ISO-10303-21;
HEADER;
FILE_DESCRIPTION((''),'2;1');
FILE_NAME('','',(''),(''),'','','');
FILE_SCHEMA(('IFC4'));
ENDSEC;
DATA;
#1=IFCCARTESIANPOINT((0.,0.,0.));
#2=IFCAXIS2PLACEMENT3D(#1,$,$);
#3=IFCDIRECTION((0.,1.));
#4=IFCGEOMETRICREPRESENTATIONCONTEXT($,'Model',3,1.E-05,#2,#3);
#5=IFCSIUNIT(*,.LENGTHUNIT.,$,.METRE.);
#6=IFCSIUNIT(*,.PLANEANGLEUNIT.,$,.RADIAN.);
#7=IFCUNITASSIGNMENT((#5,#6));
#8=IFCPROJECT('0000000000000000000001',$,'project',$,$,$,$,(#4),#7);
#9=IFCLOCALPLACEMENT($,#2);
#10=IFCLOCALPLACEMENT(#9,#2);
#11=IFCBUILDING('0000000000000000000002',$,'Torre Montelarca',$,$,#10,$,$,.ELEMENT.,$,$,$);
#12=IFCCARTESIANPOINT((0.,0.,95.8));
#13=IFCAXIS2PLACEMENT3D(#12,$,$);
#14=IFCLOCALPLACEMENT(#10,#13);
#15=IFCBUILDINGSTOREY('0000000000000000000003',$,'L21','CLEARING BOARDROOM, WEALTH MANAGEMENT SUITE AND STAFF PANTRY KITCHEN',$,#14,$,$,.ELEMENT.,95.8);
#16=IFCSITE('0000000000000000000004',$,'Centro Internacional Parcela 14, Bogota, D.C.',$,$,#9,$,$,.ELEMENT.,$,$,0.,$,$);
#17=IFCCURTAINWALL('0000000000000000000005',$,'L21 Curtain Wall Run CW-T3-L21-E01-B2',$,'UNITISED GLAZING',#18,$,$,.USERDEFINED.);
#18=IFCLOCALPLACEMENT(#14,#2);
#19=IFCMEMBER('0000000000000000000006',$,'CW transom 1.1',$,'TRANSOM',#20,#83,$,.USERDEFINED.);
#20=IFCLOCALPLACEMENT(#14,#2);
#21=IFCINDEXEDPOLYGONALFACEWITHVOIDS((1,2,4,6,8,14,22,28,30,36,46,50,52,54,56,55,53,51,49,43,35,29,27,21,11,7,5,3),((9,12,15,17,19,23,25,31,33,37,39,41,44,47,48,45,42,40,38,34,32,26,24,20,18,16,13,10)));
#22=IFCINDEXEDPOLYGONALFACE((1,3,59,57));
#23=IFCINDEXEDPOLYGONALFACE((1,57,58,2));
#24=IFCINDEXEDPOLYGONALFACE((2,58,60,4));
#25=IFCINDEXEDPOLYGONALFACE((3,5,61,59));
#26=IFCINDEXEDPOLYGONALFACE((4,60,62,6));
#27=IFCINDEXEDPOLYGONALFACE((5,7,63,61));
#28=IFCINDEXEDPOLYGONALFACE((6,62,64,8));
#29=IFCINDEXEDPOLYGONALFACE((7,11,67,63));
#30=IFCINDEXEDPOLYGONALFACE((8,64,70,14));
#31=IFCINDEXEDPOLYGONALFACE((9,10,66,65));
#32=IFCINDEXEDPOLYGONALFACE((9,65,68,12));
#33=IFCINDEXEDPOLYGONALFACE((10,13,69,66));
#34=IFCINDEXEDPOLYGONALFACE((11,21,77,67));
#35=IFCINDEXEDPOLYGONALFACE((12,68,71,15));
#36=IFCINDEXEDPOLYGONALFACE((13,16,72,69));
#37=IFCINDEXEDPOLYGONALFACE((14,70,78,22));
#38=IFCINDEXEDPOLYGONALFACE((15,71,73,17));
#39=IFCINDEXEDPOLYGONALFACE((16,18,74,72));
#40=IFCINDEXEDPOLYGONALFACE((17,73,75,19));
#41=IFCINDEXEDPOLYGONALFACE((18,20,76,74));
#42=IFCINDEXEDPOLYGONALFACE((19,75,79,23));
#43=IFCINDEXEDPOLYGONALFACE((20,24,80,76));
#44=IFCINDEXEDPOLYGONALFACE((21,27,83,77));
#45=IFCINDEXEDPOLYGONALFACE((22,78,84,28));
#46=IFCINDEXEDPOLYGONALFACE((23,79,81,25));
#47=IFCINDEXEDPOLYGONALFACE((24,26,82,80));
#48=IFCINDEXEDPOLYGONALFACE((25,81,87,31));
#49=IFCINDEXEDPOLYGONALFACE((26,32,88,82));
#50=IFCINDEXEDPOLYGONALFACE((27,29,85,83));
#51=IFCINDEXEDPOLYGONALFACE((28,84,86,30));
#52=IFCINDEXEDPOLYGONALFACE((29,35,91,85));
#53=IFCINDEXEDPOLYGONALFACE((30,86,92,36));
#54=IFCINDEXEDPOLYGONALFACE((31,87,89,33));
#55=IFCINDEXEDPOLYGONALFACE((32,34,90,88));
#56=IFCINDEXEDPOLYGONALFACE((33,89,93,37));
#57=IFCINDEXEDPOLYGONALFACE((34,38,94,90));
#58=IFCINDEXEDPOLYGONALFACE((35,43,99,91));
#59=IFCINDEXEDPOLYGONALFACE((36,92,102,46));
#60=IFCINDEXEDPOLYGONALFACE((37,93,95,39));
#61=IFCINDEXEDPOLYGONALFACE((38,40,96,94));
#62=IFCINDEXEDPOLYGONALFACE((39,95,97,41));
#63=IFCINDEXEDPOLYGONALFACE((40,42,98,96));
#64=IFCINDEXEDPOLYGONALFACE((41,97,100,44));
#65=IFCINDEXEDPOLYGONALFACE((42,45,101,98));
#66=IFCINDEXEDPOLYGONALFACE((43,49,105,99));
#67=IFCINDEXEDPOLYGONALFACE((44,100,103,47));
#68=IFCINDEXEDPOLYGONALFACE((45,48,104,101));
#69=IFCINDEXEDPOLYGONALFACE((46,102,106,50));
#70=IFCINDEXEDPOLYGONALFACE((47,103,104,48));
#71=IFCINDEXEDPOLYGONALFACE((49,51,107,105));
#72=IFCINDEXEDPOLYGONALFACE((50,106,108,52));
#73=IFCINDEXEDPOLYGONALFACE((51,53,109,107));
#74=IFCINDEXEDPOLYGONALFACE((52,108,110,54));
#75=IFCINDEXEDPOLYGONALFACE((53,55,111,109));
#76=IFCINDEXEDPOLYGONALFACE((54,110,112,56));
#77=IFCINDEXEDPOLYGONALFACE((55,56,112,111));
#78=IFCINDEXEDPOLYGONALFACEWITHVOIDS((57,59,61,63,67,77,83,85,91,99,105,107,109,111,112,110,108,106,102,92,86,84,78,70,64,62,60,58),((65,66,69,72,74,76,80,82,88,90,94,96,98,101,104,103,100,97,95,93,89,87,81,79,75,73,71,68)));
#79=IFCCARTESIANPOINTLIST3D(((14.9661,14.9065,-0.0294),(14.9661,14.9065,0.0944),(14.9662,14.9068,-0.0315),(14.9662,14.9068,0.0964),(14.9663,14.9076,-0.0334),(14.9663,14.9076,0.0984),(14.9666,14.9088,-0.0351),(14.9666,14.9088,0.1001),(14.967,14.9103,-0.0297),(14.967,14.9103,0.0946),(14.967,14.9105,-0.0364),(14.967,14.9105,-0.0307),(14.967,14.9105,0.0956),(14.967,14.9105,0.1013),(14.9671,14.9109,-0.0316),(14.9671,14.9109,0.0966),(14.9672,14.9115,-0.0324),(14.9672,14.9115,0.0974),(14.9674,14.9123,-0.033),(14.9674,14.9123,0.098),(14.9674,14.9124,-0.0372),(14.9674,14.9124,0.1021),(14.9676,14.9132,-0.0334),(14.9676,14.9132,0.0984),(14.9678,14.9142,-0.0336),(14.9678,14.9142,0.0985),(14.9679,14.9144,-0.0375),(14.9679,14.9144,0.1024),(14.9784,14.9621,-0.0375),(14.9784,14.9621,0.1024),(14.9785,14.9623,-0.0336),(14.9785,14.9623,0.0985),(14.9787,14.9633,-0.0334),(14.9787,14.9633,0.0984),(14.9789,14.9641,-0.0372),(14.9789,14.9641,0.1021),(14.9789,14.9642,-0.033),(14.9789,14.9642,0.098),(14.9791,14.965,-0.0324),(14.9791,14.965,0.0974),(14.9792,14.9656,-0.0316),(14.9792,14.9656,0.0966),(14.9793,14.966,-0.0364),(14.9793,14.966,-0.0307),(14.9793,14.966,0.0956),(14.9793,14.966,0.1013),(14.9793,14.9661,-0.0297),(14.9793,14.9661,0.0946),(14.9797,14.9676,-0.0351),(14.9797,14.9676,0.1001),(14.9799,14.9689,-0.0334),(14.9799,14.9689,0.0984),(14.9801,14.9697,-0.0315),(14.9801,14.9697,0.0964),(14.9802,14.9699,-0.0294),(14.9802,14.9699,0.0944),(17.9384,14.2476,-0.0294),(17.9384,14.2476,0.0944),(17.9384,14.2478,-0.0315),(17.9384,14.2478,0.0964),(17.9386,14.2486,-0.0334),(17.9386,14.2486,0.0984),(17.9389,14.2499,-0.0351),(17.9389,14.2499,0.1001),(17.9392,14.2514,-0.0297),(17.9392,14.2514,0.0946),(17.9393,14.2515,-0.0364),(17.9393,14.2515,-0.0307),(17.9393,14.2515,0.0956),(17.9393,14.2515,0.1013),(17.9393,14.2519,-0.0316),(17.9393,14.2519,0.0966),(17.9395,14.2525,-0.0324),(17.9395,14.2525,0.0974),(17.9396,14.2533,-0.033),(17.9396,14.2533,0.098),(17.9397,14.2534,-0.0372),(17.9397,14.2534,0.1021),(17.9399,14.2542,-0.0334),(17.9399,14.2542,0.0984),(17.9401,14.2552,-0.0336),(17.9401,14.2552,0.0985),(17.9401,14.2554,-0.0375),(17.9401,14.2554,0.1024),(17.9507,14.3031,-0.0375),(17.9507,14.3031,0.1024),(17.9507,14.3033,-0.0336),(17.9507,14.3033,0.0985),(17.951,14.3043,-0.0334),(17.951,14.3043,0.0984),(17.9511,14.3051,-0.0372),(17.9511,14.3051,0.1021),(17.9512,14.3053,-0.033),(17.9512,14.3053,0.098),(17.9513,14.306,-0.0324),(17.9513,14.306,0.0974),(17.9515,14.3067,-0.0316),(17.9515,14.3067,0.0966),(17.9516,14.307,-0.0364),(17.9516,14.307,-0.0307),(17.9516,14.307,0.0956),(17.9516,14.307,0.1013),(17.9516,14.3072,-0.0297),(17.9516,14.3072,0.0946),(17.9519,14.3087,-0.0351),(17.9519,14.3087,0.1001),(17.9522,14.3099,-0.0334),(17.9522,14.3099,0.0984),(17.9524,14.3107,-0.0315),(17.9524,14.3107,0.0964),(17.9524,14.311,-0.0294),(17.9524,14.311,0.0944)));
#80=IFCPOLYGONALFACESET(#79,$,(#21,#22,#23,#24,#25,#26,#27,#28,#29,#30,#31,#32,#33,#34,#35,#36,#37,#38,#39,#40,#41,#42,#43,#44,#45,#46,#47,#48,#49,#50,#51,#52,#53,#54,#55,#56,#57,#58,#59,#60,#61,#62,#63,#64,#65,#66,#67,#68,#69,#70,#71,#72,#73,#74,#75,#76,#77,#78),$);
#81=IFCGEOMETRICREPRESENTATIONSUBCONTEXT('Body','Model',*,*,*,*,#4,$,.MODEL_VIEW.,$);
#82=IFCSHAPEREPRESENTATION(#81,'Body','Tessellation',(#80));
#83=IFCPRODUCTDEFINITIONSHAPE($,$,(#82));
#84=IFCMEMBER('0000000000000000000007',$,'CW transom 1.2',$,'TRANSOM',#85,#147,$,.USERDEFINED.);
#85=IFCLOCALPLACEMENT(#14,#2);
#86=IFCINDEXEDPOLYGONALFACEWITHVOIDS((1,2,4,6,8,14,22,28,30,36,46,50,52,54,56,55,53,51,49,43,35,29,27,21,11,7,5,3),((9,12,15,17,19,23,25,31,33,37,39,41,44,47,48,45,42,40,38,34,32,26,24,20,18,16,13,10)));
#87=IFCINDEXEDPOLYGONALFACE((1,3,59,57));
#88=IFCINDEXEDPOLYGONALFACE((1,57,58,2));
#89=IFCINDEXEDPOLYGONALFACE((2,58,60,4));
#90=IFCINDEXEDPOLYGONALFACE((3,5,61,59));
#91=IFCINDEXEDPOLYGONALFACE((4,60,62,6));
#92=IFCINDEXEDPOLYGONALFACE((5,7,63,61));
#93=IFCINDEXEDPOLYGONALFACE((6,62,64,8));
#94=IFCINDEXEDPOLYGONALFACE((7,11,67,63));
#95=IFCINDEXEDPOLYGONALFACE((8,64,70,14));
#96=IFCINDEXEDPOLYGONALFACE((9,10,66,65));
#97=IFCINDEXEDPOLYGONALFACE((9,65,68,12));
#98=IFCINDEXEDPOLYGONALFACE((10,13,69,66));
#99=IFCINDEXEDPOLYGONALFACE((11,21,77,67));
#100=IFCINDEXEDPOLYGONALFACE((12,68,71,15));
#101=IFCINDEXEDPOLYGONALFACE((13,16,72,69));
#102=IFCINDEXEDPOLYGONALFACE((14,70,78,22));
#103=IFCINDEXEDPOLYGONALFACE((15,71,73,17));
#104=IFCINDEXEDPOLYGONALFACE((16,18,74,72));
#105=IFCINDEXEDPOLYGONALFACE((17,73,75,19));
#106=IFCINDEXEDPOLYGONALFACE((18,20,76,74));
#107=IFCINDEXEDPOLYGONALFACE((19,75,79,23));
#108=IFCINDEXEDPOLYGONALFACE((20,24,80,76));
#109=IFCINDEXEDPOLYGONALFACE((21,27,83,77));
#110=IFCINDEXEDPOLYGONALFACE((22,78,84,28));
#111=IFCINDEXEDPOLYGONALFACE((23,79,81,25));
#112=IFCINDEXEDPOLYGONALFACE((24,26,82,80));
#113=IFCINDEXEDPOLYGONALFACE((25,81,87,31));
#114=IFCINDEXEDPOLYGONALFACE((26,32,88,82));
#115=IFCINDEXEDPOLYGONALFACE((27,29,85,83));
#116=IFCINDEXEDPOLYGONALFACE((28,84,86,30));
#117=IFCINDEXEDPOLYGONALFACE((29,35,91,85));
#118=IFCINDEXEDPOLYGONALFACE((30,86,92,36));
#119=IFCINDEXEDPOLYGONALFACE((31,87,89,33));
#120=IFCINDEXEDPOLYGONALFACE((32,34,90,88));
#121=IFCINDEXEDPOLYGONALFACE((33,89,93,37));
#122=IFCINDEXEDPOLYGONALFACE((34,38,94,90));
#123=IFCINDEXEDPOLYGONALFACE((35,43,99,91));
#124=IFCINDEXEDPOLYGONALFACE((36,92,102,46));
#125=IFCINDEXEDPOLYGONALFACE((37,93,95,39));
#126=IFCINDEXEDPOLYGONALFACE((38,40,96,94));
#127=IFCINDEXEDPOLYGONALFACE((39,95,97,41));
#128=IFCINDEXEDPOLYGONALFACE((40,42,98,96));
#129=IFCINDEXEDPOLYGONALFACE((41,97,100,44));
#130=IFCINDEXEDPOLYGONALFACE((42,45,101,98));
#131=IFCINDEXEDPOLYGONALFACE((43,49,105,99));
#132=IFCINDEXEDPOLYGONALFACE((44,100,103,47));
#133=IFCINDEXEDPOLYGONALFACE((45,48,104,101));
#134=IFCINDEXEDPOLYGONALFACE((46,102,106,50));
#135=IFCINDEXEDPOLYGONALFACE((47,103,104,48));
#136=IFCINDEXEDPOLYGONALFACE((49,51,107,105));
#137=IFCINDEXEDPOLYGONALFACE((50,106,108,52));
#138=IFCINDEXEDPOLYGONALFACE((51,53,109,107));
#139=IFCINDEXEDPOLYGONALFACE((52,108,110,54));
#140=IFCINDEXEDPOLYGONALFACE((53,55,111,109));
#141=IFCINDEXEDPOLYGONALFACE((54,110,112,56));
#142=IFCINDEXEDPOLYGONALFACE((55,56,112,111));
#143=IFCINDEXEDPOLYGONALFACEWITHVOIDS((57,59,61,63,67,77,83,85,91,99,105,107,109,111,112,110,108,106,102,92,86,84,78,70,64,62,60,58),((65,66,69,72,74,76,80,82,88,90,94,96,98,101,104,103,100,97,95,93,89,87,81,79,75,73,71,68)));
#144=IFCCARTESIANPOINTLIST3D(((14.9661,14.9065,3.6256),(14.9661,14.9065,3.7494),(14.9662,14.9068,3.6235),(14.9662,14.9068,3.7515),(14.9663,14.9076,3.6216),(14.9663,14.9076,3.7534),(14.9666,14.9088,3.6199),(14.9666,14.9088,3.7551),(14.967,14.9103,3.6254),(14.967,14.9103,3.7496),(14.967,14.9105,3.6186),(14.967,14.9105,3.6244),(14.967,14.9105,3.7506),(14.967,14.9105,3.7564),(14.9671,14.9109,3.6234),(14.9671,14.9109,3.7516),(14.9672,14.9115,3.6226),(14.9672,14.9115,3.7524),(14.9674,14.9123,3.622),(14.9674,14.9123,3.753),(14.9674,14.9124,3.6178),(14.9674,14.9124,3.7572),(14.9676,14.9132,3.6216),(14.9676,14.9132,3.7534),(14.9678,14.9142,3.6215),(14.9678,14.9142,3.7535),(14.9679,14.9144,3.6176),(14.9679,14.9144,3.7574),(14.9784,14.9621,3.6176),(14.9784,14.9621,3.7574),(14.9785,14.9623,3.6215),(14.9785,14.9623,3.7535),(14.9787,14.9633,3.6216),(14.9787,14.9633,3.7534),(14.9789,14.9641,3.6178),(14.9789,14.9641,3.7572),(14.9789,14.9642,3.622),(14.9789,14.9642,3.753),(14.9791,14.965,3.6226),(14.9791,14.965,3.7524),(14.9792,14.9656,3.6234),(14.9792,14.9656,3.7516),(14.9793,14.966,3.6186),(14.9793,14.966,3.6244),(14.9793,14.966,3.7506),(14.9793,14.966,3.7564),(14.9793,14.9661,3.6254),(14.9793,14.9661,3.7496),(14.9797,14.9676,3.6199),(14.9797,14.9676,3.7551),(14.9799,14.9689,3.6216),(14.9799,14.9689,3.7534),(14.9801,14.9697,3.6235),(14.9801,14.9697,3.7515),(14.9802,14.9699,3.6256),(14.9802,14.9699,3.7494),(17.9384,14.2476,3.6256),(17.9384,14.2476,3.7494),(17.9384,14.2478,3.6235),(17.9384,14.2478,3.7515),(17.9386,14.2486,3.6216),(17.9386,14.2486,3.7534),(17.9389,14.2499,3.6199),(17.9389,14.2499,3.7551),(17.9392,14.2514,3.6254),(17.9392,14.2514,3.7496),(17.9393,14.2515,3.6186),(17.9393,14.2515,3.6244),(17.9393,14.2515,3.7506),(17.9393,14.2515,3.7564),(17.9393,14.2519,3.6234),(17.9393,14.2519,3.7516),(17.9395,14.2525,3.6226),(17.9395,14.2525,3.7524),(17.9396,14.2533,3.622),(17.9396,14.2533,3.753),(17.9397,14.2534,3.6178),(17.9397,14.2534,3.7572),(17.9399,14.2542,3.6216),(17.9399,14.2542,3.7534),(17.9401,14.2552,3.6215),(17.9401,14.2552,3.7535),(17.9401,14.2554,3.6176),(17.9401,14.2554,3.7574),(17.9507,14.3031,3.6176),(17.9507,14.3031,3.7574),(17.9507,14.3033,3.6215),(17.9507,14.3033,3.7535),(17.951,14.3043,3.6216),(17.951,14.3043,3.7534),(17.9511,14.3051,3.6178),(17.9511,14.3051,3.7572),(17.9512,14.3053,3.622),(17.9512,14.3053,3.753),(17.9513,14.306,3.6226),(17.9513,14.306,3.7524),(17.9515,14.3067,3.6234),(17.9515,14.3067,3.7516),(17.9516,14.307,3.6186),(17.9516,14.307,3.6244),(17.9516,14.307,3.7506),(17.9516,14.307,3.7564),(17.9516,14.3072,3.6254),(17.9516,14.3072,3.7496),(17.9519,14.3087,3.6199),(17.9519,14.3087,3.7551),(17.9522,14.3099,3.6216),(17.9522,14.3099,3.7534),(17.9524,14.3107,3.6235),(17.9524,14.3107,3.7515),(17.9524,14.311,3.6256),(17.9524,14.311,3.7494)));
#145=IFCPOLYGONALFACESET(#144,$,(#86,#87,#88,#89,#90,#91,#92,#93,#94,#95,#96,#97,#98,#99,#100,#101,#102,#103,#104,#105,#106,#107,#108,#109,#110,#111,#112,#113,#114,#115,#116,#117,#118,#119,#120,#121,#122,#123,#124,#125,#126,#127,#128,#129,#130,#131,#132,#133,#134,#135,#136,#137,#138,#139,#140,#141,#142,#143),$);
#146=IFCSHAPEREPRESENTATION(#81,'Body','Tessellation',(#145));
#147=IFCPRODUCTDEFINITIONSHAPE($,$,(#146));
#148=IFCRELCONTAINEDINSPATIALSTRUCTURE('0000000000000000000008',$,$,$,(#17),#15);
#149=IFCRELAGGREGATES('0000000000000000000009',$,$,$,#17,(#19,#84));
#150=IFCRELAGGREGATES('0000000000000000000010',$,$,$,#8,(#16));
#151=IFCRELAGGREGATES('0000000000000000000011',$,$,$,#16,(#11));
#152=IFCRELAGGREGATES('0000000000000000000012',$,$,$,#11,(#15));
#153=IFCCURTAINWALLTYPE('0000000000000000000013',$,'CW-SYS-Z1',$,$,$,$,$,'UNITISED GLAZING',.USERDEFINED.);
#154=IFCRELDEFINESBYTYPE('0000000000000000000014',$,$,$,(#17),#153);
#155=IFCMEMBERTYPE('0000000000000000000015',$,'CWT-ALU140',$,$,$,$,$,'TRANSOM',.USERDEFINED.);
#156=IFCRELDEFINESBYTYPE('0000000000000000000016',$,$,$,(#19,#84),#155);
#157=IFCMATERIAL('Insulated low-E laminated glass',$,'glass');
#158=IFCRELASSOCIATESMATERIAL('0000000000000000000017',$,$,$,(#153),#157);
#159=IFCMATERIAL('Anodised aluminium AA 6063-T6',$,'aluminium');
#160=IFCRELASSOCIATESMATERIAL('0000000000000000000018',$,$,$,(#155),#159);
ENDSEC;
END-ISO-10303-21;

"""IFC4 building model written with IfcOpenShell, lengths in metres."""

from ifc_helpers import new_model, si_unit, direction, frame, origin, origin_2d, place, context, subcontext, project, spatial, hollow_rectangle, extrude, source, transform, mapped, material, material_profile, profile_set, type_object, element, aggregate, save


model = new_model("IFC4")

# Units and contexts
model_context = context("Model", 3, precision=1e-05, world=origin(), true_north=direction((0.0, 1.0)))
body_context = subcontext(model_context, "Body", "Model", "MODEL_VIEW")
ifc_project = project(units=[si_unit("LENGTHUNIT", "METRE"), si_unit("PLANEANGLEUNIT", "RADIAN")], contexts=[model_context])

# Site, building, storey
site_placement = place(None, origin())
site = spatial("IfcSite", under=ifc_project, at=site_placement, Name="Centro Internacional Parcela 14, Bogota, D.C.", CompositionType="ELEMENT", RefElevation=0.0)
building_placement = place(site_placement, origin())
building = spatial("IfcBuilding", under=site, at=building_placement, Name="Torre Montelarca", CompositionType="ELEMENT")
storey_placement = place(building_placement, frame((0.0, 0.0, 95.8)))
storey = spatial("IfcBuildingStorey", under=building, at=storey_placement, Name="L21", Description="CLEARING BOARDROOM, WEALTH MANAGEMENT SUITE AND STAFF PANTRY KITCHEN", CompositionType="ELEMENT", Elevation=95.8)

# Curtain wall, members
ifc_material_1 = material(Name="Insulated low-E laminated glass", Category="glass")
curtain_wall_type = type_object("IfcCurtainWallType", Name="CW-SYS-Z1", ElementType="UNITISED GLAZING", PredefinedType="USERDEFINED", material=ifc_material_1)
ifc_material_2 = material(Name="Anodised aluminium AA 6063-T6", Category="aluminium")
ifc_material_profile_1 = material_profile(ifc_material_2, hollow_rectangle(XDim=0.0649, YDim=0.1399, WallThickness=0.0039, InnerFilletRadius=0.0039, OuterFilletRadius=0.0081, at=origin_2d()), Name="ALU65X140X4", Category="aluminium")
ifc_profile_set_1 = profile_set([ifc_material_profile_1], Name="Anodised aluminium AA 6063-T6")
member_type_1 = type_object("IfcMemberType", Name="CWT-ALU140", ElementType="TRANSOM", PredefinedType="USERDEFINED", material=ifc_profile_set_1)
curtain_wall_1_placement = place(storey_placement, origin())
curtain_wall_1 = element("IfcCurtainWall", 1, at=curtain_wall_1_placement, inside=storey, type_object=curtain_wall_type, Name="L21 Curtain Wall Run CW-T3-L21-E01-B2", ObjectType="UNITISED GLAZING", PredefinedType="USERDEFINED")
shared_shape_1 = source(origin(), body_context, "Body", "SweptSolid", [
    extrude(hollow_rectangle(XDim=0.0649, YDim=0.1399, WallThickness=0.0039, InnerFilletRadius=0.0039, OuterFilletRadius=0.0081, at=origin_2d()), origin(), (0.0, 0.0, 1.0), 3.0444),
])
member_1_placement = place(storey_placement, frame((14.9731, 14.9382, 0.0325), z_axis=(0.976294, -0.216446, 0.0), x_axis=(0.216446, 0.976294, 0.0)))
member_1 = element("IfcMember", 2, at=member_1_placement, type_object=member_type_1, Name="CW transom 1.1", ObjectType="TRANSOM", PredefinedType="USERDEFINED", context=body_context, shape_type="MappedRepresentation", body=[
    mapped(shared_shape_1, transform((0.0, 0.0, 0.0), scale=1.0)),
])
member_2_placement = place(storey_placement, frame((14.9731, 14.9382, 3.6875), z_axis=(0.976294, -0.216446, 0.0), x_axis=(0.216446, 0.976294, 0.0)))
member_2 = element("IfcMember", 3, at=member_2_placement, type_object=member_type_1, Name="CW transom 1.2", ObjectType="TRANSOM", PredefinedType="USERDEFINED", context=body_context, shape_type="MappedRepresentation", body=[
    mapped(shared_shape_1, transform((0.0, 0.0, 0.0), scale=1.0)),
])

aggregate(curtain_wall_1, [member_1, member_2])

save(model, "model.ifc")
